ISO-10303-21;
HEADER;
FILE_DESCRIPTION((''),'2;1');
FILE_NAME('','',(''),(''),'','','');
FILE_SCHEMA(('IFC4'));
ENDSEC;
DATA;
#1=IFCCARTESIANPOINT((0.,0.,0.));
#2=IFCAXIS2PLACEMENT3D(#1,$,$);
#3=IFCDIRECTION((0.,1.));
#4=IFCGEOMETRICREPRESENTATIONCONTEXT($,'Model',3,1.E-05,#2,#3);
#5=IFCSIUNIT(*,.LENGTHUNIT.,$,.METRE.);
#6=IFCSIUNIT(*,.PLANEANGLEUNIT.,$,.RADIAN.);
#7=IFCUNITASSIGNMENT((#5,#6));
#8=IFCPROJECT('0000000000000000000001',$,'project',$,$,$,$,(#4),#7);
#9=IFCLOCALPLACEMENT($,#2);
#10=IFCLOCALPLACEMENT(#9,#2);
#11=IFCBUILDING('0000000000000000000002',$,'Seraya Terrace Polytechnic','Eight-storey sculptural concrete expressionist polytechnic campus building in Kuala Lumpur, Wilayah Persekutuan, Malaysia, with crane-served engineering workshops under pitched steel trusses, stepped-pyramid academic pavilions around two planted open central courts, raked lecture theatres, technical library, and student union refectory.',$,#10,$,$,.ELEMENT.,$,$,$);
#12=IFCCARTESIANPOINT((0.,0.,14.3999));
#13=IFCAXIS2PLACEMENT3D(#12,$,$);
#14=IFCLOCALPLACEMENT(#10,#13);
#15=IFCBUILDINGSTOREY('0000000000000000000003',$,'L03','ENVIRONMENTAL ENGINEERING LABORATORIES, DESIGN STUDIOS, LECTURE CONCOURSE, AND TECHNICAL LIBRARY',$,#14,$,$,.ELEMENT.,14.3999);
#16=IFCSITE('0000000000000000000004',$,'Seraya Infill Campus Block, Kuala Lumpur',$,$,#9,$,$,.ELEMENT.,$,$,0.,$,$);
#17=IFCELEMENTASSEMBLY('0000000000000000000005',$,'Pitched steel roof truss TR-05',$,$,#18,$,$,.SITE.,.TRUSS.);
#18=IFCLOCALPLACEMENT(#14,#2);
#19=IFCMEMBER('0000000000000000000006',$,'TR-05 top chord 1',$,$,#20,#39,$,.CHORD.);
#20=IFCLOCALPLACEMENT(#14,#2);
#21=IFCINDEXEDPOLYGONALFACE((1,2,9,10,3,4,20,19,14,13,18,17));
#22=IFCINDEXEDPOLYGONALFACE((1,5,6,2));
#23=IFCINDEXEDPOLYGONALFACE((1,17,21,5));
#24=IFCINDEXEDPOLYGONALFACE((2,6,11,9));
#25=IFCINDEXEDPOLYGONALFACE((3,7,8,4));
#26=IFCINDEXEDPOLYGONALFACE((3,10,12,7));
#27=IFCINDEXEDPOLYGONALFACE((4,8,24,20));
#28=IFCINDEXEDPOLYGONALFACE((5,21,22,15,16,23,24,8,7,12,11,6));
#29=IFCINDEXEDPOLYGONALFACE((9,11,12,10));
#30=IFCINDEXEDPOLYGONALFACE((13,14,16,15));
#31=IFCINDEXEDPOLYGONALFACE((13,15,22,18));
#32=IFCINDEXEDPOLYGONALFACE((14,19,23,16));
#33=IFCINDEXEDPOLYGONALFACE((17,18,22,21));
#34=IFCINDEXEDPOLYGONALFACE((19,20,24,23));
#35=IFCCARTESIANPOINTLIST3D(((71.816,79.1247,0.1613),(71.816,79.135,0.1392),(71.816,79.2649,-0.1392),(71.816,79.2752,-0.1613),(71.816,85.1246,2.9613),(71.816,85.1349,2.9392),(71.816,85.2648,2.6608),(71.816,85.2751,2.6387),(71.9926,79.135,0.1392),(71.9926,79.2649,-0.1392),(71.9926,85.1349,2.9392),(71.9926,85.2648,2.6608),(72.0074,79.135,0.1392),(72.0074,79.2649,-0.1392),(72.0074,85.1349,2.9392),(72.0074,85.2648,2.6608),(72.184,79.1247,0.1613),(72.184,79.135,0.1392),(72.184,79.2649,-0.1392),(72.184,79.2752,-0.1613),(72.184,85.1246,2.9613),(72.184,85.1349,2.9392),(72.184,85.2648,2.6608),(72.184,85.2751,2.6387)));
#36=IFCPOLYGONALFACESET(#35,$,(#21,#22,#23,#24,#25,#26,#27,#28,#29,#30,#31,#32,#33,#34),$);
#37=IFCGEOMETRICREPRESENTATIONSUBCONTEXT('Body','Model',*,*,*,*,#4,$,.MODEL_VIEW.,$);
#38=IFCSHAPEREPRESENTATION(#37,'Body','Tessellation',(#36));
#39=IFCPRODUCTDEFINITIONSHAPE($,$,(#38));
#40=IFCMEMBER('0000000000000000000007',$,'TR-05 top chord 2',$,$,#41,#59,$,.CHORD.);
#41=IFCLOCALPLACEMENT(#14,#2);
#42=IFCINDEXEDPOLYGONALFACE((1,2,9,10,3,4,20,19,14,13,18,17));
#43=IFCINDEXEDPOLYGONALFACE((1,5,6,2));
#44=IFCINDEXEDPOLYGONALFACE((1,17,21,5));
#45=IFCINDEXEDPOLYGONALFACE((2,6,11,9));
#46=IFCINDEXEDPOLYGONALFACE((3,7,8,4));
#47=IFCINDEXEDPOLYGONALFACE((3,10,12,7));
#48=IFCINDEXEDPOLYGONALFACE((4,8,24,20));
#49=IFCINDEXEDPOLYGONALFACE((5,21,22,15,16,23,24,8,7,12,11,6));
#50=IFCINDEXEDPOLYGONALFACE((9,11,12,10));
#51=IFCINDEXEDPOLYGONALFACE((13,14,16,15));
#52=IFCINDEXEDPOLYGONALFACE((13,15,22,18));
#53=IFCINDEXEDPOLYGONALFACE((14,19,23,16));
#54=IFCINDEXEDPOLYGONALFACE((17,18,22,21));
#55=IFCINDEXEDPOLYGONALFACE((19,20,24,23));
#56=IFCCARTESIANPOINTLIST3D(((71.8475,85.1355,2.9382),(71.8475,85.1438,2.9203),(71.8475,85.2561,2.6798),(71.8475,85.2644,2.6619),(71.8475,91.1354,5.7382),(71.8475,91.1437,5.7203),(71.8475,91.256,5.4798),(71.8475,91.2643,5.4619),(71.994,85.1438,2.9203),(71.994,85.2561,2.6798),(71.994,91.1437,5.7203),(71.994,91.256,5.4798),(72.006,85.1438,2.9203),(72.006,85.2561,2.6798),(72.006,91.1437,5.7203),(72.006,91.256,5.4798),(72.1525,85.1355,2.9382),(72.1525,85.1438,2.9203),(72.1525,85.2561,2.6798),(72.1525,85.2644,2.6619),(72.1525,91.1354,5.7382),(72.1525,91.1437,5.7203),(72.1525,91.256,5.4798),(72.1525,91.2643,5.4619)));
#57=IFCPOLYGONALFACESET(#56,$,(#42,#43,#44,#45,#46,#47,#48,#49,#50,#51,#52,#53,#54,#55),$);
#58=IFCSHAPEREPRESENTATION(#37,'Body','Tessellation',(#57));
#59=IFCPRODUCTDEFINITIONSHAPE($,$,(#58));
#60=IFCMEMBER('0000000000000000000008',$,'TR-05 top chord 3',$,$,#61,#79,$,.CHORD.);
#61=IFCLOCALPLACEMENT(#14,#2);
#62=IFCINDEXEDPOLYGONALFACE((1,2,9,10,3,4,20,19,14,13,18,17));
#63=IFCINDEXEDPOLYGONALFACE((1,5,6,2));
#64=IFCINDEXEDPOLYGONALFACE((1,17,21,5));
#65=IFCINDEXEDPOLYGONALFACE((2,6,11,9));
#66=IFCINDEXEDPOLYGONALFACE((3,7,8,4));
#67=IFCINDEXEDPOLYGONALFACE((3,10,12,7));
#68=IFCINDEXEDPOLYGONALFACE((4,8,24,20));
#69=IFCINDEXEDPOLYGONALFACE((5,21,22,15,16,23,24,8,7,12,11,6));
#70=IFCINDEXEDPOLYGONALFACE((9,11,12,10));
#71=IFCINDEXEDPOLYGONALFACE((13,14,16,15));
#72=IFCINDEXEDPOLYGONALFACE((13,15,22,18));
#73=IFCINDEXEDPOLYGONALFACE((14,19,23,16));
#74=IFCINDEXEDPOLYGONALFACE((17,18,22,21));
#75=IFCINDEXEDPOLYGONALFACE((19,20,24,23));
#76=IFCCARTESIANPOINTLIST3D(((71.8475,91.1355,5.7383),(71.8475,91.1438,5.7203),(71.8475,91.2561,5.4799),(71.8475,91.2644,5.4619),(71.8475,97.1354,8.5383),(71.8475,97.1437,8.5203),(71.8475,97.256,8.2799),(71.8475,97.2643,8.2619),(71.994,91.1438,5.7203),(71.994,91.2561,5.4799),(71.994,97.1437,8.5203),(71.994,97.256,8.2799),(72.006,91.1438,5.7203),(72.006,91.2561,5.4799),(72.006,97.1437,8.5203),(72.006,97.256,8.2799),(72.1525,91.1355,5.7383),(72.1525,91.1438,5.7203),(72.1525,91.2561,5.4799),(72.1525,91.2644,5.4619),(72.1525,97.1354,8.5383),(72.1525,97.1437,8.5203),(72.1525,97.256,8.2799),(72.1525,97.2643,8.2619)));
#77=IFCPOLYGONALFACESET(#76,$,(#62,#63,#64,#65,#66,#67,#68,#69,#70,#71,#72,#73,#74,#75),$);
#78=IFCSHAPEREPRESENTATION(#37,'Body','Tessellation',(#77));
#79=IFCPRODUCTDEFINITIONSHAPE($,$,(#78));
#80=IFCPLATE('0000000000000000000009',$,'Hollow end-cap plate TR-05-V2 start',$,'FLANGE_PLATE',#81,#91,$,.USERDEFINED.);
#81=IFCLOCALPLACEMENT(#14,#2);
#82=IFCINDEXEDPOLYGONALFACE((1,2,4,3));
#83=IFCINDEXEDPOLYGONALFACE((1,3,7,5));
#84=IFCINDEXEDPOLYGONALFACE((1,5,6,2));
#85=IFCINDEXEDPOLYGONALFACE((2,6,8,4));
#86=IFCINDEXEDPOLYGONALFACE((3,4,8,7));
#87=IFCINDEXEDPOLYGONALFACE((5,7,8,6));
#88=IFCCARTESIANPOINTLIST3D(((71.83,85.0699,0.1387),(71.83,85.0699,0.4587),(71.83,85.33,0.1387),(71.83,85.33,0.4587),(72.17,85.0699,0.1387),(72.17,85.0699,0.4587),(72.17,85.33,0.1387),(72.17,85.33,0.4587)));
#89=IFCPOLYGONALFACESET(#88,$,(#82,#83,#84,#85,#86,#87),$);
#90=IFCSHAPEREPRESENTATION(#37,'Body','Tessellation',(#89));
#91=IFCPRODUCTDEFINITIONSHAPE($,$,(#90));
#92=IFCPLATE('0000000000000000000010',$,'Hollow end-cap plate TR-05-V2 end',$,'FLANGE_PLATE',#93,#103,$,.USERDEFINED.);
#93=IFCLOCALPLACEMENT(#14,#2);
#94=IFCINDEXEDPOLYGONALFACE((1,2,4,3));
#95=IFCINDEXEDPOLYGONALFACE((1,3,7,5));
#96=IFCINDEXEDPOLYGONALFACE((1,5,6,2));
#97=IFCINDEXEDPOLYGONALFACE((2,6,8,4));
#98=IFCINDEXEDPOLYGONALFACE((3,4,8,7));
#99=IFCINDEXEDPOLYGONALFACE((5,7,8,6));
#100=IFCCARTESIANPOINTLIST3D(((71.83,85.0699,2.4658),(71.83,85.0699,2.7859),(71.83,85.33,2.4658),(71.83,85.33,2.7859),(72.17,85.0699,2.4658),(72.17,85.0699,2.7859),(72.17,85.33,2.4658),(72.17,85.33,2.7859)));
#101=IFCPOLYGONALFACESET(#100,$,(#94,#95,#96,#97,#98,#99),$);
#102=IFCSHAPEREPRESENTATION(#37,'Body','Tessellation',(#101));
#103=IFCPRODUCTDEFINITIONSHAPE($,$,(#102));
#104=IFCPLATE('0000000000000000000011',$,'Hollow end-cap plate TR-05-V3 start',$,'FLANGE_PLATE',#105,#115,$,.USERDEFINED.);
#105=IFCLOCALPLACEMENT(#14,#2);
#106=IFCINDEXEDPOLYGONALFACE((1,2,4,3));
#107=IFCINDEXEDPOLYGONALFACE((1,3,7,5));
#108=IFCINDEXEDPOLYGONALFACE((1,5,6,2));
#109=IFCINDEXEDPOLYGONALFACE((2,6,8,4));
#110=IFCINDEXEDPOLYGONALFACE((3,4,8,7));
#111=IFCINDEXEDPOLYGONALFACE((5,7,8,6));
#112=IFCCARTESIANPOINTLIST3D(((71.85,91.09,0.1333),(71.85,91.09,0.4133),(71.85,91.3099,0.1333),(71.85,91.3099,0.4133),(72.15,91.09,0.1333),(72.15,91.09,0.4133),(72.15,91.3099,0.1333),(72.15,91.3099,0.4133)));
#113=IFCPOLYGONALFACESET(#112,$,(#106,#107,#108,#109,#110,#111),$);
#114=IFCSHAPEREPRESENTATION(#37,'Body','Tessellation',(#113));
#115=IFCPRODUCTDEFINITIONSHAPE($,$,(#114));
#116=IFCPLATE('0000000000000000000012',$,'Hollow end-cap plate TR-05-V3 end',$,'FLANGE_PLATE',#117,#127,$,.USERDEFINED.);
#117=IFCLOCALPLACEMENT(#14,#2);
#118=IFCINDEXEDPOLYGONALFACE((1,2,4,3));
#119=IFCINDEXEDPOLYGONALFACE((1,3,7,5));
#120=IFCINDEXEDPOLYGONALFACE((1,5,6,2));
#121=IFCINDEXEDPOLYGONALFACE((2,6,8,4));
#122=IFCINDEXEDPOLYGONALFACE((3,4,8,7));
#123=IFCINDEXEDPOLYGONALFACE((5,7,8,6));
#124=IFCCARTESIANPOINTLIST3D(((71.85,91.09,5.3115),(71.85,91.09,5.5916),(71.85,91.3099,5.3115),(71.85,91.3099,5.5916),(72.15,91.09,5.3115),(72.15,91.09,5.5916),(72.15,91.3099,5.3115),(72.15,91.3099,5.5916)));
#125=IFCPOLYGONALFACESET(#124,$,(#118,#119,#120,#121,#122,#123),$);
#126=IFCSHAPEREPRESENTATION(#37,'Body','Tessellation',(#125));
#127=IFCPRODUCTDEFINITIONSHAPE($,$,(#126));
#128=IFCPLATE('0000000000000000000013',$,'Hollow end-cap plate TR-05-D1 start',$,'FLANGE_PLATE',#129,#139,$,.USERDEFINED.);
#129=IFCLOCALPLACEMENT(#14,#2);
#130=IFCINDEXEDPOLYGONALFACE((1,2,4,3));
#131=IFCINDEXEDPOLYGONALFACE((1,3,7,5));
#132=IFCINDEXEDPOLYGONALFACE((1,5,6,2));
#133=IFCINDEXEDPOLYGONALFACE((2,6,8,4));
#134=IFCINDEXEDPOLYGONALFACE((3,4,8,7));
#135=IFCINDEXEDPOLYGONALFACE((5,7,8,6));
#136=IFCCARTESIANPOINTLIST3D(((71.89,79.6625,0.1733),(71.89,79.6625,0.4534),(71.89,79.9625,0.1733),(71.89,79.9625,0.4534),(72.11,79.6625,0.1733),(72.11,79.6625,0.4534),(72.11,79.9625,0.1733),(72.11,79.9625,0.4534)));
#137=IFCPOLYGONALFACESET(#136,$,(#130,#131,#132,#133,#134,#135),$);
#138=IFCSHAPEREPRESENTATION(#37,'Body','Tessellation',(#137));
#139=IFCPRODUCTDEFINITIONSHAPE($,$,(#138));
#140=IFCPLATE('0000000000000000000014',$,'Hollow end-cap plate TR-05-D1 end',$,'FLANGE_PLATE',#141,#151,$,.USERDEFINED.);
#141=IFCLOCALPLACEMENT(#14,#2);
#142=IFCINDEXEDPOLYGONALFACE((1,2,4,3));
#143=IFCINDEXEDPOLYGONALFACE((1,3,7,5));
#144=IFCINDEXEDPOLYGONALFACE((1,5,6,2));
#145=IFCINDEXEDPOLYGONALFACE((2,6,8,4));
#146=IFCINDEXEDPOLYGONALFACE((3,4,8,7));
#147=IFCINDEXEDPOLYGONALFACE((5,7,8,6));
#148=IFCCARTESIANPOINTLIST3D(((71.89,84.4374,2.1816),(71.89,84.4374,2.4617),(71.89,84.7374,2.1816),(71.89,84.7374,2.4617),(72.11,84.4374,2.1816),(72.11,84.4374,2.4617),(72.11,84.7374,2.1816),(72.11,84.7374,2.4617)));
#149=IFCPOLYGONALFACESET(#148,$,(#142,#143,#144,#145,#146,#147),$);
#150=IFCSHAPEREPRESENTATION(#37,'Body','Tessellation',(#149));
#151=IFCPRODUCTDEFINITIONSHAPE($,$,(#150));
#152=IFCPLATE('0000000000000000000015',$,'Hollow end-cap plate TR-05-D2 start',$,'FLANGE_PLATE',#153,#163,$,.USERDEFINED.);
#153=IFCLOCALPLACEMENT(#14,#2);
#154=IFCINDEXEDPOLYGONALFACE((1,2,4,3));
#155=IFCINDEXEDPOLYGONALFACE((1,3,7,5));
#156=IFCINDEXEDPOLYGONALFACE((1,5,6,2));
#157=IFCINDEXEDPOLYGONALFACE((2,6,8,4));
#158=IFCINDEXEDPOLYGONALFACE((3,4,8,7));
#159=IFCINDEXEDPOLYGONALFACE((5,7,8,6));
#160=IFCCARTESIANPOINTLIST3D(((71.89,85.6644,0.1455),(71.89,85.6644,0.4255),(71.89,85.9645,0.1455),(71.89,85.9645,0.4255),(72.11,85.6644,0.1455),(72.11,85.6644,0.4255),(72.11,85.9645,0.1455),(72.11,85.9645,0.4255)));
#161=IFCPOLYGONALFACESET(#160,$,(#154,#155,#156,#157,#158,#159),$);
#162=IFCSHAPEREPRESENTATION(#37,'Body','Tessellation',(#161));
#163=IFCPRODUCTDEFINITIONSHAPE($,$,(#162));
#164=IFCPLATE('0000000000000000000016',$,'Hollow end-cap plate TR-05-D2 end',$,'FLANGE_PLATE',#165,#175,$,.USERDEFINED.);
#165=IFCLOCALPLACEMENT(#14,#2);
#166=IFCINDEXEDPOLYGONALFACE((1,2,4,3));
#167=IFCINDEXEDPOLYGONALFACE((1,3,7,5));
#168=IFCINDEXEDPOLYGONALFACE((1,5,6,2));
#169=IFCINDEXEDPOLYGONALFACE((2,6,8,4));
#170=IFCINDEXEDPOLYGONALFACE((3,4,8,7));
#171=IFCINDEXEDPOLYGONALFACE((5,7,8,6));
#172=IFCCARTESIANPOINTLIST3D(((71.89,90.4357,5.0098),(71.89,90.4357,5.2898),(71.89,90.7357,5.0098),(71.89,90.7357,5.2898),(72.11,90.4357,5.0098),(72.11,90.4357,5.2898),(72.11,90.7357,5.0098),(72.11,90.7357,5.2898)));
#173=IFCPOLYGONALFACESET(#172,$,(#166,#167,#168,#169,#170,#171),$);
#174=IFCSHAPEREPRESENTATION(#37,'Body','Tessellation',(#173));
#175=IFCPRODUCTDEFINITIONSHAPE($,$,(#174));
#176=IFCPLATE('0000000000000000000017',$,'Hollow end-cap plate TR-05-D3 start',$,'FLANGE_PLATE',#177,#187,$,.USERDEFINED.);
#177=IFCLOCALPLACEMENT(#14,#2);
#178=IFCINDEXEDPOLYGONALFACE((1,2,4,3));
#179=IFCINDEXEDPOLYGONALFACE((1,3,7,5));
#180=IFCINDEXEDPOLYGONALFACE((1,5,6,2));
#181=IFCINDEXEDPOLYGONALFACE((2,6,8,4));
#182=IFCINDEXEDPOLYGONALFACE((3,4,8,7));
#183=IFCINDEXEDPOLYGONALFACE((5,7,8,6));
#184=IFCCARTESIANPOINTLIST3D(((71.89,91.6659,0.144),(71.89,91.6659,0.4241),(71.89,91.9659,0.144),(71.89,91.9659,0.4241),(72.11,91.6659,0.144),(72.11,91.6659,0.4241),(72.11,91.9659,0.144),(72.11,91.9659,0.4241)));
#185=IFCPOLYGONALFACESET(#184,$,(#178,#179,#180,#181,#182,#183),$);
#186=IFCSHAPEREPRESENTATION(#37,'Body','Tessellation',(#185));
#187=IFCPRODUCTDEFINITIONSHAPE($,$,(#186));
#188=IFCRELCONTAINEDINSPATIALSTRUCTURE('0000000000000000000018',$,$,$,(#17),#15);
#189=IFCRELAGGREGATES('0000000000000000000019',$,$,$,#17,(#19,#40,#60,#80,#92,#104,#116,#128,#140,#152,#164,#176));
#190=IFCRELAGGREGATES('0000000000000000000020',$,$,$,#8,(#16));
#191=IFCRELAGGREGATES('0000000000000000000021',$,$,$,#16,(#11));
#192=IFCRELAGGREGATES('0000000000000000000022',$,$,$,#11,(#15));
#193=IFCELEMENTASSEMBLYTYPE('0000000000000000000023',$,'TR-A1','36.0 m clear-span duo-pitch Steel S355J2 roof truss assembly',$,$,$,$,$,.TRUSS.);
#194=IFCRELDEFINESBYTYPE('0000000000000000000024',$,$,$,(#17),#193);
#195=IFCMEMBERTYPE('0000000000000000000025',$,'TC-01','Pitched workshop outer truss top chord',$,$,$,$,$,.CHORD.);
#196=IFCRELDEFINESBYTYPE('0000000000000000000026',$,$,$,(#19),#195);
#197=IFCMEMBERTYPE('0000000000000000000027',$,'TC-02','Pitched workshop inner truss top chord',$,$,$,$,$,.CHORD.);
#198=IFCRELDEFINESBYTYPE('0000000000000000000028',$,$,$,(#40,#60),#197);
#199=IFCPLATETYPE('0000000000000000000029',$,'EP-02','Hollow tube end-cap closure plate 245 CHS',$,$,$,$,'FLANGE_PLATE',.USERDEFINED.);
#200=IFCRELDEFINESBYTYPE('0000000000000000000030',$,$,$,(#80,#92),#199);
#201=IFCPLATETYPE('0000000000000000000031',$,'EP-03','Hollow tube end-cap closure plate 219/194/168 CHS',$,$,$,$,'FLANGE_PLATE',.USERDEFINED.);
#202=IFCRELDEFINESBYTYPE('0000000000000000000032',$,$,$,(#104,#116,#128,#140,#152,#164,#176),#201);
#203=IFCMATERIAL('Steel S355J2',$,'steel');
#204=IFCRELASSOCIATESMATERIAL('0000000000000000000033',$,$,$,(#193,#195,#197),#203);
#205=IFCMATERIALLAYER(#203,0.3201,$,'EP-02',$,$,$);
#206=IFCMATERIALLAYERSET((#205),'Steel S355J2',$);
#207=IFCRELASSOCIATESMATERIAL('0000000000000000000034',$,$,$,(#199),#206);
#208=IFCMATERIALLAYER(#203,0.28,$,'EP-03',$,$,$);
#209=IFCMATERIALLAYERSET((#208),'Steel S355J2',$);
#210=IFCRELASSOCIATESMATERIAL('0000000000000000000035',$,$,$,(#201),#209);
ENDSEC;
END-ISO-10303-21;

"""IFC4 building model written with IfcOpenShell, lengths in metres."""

from ifc_helpers import new_model, si_unit, direction, frame, origin, origin_2d, place, context, subcontext, project, spatial, rectangle, i_section, extrude, material, layer, layer_set, material_profile, profile_set, type_object, element, aggregate, save


model = new_model("IFC4")

# Units and contexts
model_context = context("Model", 3, precision=1e-05, world=origin(), true_north=direction((0.0, 1.0)))
body_context = subcontext(model_context, "Body", "Model", "MODEL_VIEW")
ifc_project = project(units=[si_unit("LENGTHUNIT", "METRE"), si_unit("PLANEANGLEUNIT", "RADIAN")], contexts=[model_context])

# Site, building, storey
site_placement = place(None, origin())
site = spatial("IfcSite", under=ifc_project, at=site_placement, Name="Seraya Infill Campus Block, Kuala Lumpur", CompositionType="ELEMENT", RefElevation=0.0)
building_placement = place(site_placement, origin())
building = spatial("IfcBuilding", under=site, at=building_placement, Name="Seraya Terrace Polytechnic", Description="Eight-storey sculptural concrete expressionist polytechnic campus building in Kuala Lumpur, Wilayah Persekutuan, Malaysia, with crane-served engineering workshops under pitched steel trusses, stepped-pyramid academic pavilions around two planted open central courts, raked lecture theatres, technical library, and student union refectory.", CompositionType="ELEMENT")
storey_placement = place(building_placement, frame((0.0, 0.0, 14.3999)))
storey = spatial("IfcBuildingStorey", under=building, at=storey_placement, Name="L03", Description="ENVIRONMENTAL ENGINEERING LABORATORIES, DESIGN STUDIOS, LECTURE CONCOURSE, AND TECHNICAL LIBRARY", CompositionType="ELEMENT", Elevation=14.3999)

# Element assembly
ifc_material_1 = material(Name="Steel S355J2", Category="steel")
element_assembly_type = type_object("IfcElementAssemblyType", Name="TR-A1", Description="36.0 m clear-span duo-pitch Steel S355J2 roof truss assembly", PredefinedType="TRUSS", material=ifc_material_1)
assembly_1_placement = place(storey_placement, origin())
assembly_1 = element("IfcElementAssembly", 1, at=assembly_1_placement, inside=storey, type_object=element_assembly_type, Name="Pitched steel roof truss TR-05", AssemblyPlace="SITE", PredefinedType="TRUSS")

# Members
ifc_material_profile_1 = material_profile(ifc_material_1, i_section(OverallWidth=0.3679, OverallDepth=0.356, WebThickness=0.0149, FlangeThickness=0.0244, at=origin_2d()), Name="UKC 356x368x15.0x24.4")
ifc_profile_set_1 = profile_set([ifc_material_profile_1], Name="Steel S355J2")
member_type_1 = type_object("IfcMemberType", Name="TC-01", Description="Pitched workshop outer truss top chord", PredefinedType="CHORD", material=ifc_profile_set_1)
member_1_placement = place(storey_placement, frame((72.0, 79.2, 0.0), z_axis=(0.0, 0.90618, 0.422892), x_axis=(-1.0, 0.0, 0.0)))
member_1 = element("IfcMember", 2, at=member_1_placement, type_object=member_type_1, Name="TR-05 top chord 1", PredefinedType="CHORD", context=body_context, shape_type="SweptSolid", body=[
    extrude(i_section(OverallWidth=0.3679, OverallDepth=0.356, WebThickness=0.0149, FlangeThickness=0.0244, at=origin_2d()), origin(), (0.0, 0.0, 1.0), 6.6211),
])
ifc_material_profile_2 = material_profile(ifc_material_1, i_section(OverallWidth=0.3049, OverallDepth=0.3049, WebThickness=0.012, FlangeThickness=0.0198, at=origin_2d()), Name="UKC 305x305x12.0x19.7")
ifc_profile_set_2 = profile_set([ifc_material_profile_2], Name="Steel S355J2")
member_type_2 = type_object("IfcMemberType", Name="TC-02", Description="Pitched workshop inner truss top chord", PredefinedType="CHORD", material=ifc_profile_set_2)
member_2_placement = place(storey_placement, frame((72.0, 85.2, 2.8), z_axis=(0.0, 0.90618, 0.422892), x_axis=(-1.0, 0.0, 0.0)))
member_2 = element("IfcMember", 3, at=member_2_placement, type_object=member_type_2, Name="TR-05 top chord 2", PredefinedType="CHORD", context=body_context, shape_type="SweptSolid", body=[
    extrude(i_section(OverallWidth=0.3049, OverallDepth=0.3049, WebThickness=0.012, FlangeThickness=0.0198, at=origin_2d()), origin(), (0.0, 0.0, 1.0), 6.6211),
])
member_3_placement = place(storey_placement, frame((72.0, 91.2, 5.6001), z_axis=(0.0, 0.90618, 0.422892), x_axis=(-1.0, 0.0, 0.0)))
member_3 = element("IfcMember", 4, at=member_3_placement, type_object=member_type_2, Name="TR-05 top chord 3", PredefinedType="CHORD", context=body_context, shape_type="SweptSolid", body=[
    extrude(i_section(OverallWidth=0.3049, OverallDepth=0.3049, WebThickness=0.012, FlangeThickness=0.0198, at=origin_2d()), origin(), (0.0, 0.0, 1.0), 6.6211),
])

# Plates
ifc_layer_1 = layer(ifc_material_1, 0.3201, Name="EP-02")
ifc_layer_set_1 = layer_set([ifc_layer_1], Name="Steel S355J2")
plate_type_1 = type_object("IfcPlateType", Name="EP-02", Description="Hollow tube end-cap closure plate 245 CHS", ElementType="FLANGE_PLATE", PredefinedType="USERDEFINED", material=ifc_layer_set_1)
plate_1_placement = place(storey_placement, frame((72.0, 85.2, 0.1387), z_axis=(0.0, 0.0, 1.0), x_axis=(1.0, 0.0, 0.0)))
plate_1 = element("IfcPlate", 5, at=plate_1_placement, type_object=plate_type_1, Name="Hollow end-cap plate TR-05-V2 start", ObjectType="FLANGE_PLATE", PredefinedType="USERDEFINED", context=body_context, shape_type="SweptSolid", body=[
    extrude(rectangle(XDim=0.3401, YDim=0.26, at=origin_2d()), origin(), (0.0, 0.0, 1.0), 0.3201),
])
plate_2_placement = place(storey_placement, frame((72.0, 85.2, 2.4658), z_axis=(0.0, 0.0, 1.0), x_axis=(1.0, 0.0, 0.0)))
plate_2 = element("IfcPlate", 6, at=plate_2_placement, type_object=plate_type_1, Name="Hollow end-cap plate TR-05-V2 end", ObjectType="FLANGE_PLATE", PredefinedType="USERDEFINED", context=body_context, shape_type="SweptSolid", body=[
    extrude(rectangle(XDim=0.3401, YDim=0.26, at=origin_2d()), origin(), (0.0, 0.0, 1.0), 0.3201),
])
ifc_layer_2 = layer(ifc_material_1, 0.28, Name="EP-03")
ifc_layer_set_2 = layer_set([ifc_layer_2], Name="Steel S355J2")
plate_type_2 = type_object("IfcPlateType", Name="EP-03", Description="Hollow tube end-cap closure plate 219/194/168 CHS", ElementType="FLANGE_PLATE", PredefinedType="USERDEFINED", material=ifc_layer_set_2)
plate_3_placement = place(storey_placement, frame((72.0, 91.2, 0.1333), z_axis=(0.0, 0.0, 1.0), x_axis=(1.0, 0.0, 0.0)))
plate_3 = element("IfcPlate", 7, at=plate_3_placement, type_object=plate_type_2, Name="Hollow end-cap plate TR-05-V3 start", ObjectType="FLANGE_PLATE", PredefinedType="USERDEFINED", context=body_context, shape_type="SweptSolid", body=[
    extrude(rectangle(XDim=0.3, YDim=0.22, at=origin_2d()), origin(), (0.0, 0.0, 1.0), 0.28),
])
plate_4_placement = place(storey_placement, frame((72.0, 91.2, 5.3115), z_axis=(0.0, 0.0, 1.0), x_axis=(1.0, 0.0, 0.0)))
plate_4 = element("IfcPlate", 8, at=plate_4_placement, type_object=plate_type_2, Name="Hollow end-cap plate TR-05-V3 end", ObjectType="FLANGE_PLATE", PredefinedType="USERDEFINED", context=body_context, shape_type="SweptSolid", body=[
    extrude(rectangle(XDim=0.3, YDim=0.22, at=origin_2d()), origin(), (0.0, 0.0, 1.0), 0.28),
])
plate_5_placement = place(storey_placement, frame((72.0, 79.8125, 0.1733), z_axis=(0.0, 0.0, 1.0), x_axis=(0.0, 1.0, 0.0)))
plate_5 = element("IfcPlate", 9, at=plate_5_placement, type_object=plate_type_2, Name="Hollow end-cap plate TR-05-D1 start", ObjectType="FLANGE_PLATE", PredefinedType="USERDEFINED", context=body_context, shape_type="SweptSolid", body=[
    extrude(rectangle(XDim=0.3, YDim=0.22, at=origin_2d()), origin(), (0.0, 0.0, 1.0), 0.28),
])
plate_6_placement = place(storey_placement, frame((72.0, 84.5874, 2.1816), z_axis=(0.0, 0.0, 1.0), x_axis=(0.0, 1.0, 0.0)))
plate_6 = element("IfcPlate", 10, at=plate_6_placement, type_object=plate_type_2, Name="Hollow end-cap plate TR-05-D1 end", ObjectType="FLANGE_PLATE", PredefinedType="USERDEFINED", context=body_context, shape_type="SweptSolid", body=[
    extrude(rectangle(XDim=0.3, YDim=0.22, at=origin_2d()), origin(), (0.0, 0.0, 1.0), 0.28),
])
plate_7_placement = place(storey_placement, frame((72.0, 85.8145, 0.1455), z_axis=(0.0, 0.0, 1.0), x_axis=(0.0, 1.0, 0.0)))
plate_7 = element("IfcPlate", 11, at=plate_7_placement, type_object=plate_type_2, Name="Hollow end-cap plate TR-05-D2 start", ObjectType="FLANGE_PLATE", PredefinedType="USERDEFINED", context=body_context, shape_type="SweptSolid", body=[
    extrude(rectangle(XDim=0.3, YDim=0.22, at=origin_2d()), origin(), (0.0, 0.0, 1.0), 0.28),
])
plate_8_placement = place(storey_placement, frame((72.0, 90.5857, 5.0098), z_axis=(0.0, 0.0, 1.0), x_axis=(0.0, 1.0, 0.0)))
plate_8 = element("IfcPlate", 12, at=plate_8_placement, type_object=plate_type_2, Name="Hollow end-cap plate TR-05-D2 end", ObjectType="FLANGE_PLATE", PredefinedType="USERDEFINED", context=body_context, shape_type="SweptSolid", body=[
    extrude(rectangle(XDim=0.3, YDim=0.22, at=origin_2d()), origin(), (0.0, 0.0, 1.0), 0.28),
])
plate_9_placement = place(storey_placement, frame((72.0, 91.8159, 0.144), z_axis=(0.0, 0.0, 1.0), x_axis=(0.0, 1.0, 0.0)))
plate_9 = element("IfcPlate", 13, at=plate_9_placement, type_object=plate_type_2, Name="Hollow end-cap plate TR-05-D3 start", ObjectType="FLANGE_PLATE", PredefinedType="USERDEFINED", context=body_context, shape_type="SweptSolid", body=[
    extrude(rectangle(XDim=0.3, YDim=0.22, at=origin_2d()), origin(), (0.0, 0.0, 1.0), 0.28),
])

aggregate(assembly_1, [member_1, member_2, member_3, plate_1, plate_2, plate_3, plate_4, plate_5, plate_6, plate_7, plate_8, plate_9])

save(model, "model.ifc")
